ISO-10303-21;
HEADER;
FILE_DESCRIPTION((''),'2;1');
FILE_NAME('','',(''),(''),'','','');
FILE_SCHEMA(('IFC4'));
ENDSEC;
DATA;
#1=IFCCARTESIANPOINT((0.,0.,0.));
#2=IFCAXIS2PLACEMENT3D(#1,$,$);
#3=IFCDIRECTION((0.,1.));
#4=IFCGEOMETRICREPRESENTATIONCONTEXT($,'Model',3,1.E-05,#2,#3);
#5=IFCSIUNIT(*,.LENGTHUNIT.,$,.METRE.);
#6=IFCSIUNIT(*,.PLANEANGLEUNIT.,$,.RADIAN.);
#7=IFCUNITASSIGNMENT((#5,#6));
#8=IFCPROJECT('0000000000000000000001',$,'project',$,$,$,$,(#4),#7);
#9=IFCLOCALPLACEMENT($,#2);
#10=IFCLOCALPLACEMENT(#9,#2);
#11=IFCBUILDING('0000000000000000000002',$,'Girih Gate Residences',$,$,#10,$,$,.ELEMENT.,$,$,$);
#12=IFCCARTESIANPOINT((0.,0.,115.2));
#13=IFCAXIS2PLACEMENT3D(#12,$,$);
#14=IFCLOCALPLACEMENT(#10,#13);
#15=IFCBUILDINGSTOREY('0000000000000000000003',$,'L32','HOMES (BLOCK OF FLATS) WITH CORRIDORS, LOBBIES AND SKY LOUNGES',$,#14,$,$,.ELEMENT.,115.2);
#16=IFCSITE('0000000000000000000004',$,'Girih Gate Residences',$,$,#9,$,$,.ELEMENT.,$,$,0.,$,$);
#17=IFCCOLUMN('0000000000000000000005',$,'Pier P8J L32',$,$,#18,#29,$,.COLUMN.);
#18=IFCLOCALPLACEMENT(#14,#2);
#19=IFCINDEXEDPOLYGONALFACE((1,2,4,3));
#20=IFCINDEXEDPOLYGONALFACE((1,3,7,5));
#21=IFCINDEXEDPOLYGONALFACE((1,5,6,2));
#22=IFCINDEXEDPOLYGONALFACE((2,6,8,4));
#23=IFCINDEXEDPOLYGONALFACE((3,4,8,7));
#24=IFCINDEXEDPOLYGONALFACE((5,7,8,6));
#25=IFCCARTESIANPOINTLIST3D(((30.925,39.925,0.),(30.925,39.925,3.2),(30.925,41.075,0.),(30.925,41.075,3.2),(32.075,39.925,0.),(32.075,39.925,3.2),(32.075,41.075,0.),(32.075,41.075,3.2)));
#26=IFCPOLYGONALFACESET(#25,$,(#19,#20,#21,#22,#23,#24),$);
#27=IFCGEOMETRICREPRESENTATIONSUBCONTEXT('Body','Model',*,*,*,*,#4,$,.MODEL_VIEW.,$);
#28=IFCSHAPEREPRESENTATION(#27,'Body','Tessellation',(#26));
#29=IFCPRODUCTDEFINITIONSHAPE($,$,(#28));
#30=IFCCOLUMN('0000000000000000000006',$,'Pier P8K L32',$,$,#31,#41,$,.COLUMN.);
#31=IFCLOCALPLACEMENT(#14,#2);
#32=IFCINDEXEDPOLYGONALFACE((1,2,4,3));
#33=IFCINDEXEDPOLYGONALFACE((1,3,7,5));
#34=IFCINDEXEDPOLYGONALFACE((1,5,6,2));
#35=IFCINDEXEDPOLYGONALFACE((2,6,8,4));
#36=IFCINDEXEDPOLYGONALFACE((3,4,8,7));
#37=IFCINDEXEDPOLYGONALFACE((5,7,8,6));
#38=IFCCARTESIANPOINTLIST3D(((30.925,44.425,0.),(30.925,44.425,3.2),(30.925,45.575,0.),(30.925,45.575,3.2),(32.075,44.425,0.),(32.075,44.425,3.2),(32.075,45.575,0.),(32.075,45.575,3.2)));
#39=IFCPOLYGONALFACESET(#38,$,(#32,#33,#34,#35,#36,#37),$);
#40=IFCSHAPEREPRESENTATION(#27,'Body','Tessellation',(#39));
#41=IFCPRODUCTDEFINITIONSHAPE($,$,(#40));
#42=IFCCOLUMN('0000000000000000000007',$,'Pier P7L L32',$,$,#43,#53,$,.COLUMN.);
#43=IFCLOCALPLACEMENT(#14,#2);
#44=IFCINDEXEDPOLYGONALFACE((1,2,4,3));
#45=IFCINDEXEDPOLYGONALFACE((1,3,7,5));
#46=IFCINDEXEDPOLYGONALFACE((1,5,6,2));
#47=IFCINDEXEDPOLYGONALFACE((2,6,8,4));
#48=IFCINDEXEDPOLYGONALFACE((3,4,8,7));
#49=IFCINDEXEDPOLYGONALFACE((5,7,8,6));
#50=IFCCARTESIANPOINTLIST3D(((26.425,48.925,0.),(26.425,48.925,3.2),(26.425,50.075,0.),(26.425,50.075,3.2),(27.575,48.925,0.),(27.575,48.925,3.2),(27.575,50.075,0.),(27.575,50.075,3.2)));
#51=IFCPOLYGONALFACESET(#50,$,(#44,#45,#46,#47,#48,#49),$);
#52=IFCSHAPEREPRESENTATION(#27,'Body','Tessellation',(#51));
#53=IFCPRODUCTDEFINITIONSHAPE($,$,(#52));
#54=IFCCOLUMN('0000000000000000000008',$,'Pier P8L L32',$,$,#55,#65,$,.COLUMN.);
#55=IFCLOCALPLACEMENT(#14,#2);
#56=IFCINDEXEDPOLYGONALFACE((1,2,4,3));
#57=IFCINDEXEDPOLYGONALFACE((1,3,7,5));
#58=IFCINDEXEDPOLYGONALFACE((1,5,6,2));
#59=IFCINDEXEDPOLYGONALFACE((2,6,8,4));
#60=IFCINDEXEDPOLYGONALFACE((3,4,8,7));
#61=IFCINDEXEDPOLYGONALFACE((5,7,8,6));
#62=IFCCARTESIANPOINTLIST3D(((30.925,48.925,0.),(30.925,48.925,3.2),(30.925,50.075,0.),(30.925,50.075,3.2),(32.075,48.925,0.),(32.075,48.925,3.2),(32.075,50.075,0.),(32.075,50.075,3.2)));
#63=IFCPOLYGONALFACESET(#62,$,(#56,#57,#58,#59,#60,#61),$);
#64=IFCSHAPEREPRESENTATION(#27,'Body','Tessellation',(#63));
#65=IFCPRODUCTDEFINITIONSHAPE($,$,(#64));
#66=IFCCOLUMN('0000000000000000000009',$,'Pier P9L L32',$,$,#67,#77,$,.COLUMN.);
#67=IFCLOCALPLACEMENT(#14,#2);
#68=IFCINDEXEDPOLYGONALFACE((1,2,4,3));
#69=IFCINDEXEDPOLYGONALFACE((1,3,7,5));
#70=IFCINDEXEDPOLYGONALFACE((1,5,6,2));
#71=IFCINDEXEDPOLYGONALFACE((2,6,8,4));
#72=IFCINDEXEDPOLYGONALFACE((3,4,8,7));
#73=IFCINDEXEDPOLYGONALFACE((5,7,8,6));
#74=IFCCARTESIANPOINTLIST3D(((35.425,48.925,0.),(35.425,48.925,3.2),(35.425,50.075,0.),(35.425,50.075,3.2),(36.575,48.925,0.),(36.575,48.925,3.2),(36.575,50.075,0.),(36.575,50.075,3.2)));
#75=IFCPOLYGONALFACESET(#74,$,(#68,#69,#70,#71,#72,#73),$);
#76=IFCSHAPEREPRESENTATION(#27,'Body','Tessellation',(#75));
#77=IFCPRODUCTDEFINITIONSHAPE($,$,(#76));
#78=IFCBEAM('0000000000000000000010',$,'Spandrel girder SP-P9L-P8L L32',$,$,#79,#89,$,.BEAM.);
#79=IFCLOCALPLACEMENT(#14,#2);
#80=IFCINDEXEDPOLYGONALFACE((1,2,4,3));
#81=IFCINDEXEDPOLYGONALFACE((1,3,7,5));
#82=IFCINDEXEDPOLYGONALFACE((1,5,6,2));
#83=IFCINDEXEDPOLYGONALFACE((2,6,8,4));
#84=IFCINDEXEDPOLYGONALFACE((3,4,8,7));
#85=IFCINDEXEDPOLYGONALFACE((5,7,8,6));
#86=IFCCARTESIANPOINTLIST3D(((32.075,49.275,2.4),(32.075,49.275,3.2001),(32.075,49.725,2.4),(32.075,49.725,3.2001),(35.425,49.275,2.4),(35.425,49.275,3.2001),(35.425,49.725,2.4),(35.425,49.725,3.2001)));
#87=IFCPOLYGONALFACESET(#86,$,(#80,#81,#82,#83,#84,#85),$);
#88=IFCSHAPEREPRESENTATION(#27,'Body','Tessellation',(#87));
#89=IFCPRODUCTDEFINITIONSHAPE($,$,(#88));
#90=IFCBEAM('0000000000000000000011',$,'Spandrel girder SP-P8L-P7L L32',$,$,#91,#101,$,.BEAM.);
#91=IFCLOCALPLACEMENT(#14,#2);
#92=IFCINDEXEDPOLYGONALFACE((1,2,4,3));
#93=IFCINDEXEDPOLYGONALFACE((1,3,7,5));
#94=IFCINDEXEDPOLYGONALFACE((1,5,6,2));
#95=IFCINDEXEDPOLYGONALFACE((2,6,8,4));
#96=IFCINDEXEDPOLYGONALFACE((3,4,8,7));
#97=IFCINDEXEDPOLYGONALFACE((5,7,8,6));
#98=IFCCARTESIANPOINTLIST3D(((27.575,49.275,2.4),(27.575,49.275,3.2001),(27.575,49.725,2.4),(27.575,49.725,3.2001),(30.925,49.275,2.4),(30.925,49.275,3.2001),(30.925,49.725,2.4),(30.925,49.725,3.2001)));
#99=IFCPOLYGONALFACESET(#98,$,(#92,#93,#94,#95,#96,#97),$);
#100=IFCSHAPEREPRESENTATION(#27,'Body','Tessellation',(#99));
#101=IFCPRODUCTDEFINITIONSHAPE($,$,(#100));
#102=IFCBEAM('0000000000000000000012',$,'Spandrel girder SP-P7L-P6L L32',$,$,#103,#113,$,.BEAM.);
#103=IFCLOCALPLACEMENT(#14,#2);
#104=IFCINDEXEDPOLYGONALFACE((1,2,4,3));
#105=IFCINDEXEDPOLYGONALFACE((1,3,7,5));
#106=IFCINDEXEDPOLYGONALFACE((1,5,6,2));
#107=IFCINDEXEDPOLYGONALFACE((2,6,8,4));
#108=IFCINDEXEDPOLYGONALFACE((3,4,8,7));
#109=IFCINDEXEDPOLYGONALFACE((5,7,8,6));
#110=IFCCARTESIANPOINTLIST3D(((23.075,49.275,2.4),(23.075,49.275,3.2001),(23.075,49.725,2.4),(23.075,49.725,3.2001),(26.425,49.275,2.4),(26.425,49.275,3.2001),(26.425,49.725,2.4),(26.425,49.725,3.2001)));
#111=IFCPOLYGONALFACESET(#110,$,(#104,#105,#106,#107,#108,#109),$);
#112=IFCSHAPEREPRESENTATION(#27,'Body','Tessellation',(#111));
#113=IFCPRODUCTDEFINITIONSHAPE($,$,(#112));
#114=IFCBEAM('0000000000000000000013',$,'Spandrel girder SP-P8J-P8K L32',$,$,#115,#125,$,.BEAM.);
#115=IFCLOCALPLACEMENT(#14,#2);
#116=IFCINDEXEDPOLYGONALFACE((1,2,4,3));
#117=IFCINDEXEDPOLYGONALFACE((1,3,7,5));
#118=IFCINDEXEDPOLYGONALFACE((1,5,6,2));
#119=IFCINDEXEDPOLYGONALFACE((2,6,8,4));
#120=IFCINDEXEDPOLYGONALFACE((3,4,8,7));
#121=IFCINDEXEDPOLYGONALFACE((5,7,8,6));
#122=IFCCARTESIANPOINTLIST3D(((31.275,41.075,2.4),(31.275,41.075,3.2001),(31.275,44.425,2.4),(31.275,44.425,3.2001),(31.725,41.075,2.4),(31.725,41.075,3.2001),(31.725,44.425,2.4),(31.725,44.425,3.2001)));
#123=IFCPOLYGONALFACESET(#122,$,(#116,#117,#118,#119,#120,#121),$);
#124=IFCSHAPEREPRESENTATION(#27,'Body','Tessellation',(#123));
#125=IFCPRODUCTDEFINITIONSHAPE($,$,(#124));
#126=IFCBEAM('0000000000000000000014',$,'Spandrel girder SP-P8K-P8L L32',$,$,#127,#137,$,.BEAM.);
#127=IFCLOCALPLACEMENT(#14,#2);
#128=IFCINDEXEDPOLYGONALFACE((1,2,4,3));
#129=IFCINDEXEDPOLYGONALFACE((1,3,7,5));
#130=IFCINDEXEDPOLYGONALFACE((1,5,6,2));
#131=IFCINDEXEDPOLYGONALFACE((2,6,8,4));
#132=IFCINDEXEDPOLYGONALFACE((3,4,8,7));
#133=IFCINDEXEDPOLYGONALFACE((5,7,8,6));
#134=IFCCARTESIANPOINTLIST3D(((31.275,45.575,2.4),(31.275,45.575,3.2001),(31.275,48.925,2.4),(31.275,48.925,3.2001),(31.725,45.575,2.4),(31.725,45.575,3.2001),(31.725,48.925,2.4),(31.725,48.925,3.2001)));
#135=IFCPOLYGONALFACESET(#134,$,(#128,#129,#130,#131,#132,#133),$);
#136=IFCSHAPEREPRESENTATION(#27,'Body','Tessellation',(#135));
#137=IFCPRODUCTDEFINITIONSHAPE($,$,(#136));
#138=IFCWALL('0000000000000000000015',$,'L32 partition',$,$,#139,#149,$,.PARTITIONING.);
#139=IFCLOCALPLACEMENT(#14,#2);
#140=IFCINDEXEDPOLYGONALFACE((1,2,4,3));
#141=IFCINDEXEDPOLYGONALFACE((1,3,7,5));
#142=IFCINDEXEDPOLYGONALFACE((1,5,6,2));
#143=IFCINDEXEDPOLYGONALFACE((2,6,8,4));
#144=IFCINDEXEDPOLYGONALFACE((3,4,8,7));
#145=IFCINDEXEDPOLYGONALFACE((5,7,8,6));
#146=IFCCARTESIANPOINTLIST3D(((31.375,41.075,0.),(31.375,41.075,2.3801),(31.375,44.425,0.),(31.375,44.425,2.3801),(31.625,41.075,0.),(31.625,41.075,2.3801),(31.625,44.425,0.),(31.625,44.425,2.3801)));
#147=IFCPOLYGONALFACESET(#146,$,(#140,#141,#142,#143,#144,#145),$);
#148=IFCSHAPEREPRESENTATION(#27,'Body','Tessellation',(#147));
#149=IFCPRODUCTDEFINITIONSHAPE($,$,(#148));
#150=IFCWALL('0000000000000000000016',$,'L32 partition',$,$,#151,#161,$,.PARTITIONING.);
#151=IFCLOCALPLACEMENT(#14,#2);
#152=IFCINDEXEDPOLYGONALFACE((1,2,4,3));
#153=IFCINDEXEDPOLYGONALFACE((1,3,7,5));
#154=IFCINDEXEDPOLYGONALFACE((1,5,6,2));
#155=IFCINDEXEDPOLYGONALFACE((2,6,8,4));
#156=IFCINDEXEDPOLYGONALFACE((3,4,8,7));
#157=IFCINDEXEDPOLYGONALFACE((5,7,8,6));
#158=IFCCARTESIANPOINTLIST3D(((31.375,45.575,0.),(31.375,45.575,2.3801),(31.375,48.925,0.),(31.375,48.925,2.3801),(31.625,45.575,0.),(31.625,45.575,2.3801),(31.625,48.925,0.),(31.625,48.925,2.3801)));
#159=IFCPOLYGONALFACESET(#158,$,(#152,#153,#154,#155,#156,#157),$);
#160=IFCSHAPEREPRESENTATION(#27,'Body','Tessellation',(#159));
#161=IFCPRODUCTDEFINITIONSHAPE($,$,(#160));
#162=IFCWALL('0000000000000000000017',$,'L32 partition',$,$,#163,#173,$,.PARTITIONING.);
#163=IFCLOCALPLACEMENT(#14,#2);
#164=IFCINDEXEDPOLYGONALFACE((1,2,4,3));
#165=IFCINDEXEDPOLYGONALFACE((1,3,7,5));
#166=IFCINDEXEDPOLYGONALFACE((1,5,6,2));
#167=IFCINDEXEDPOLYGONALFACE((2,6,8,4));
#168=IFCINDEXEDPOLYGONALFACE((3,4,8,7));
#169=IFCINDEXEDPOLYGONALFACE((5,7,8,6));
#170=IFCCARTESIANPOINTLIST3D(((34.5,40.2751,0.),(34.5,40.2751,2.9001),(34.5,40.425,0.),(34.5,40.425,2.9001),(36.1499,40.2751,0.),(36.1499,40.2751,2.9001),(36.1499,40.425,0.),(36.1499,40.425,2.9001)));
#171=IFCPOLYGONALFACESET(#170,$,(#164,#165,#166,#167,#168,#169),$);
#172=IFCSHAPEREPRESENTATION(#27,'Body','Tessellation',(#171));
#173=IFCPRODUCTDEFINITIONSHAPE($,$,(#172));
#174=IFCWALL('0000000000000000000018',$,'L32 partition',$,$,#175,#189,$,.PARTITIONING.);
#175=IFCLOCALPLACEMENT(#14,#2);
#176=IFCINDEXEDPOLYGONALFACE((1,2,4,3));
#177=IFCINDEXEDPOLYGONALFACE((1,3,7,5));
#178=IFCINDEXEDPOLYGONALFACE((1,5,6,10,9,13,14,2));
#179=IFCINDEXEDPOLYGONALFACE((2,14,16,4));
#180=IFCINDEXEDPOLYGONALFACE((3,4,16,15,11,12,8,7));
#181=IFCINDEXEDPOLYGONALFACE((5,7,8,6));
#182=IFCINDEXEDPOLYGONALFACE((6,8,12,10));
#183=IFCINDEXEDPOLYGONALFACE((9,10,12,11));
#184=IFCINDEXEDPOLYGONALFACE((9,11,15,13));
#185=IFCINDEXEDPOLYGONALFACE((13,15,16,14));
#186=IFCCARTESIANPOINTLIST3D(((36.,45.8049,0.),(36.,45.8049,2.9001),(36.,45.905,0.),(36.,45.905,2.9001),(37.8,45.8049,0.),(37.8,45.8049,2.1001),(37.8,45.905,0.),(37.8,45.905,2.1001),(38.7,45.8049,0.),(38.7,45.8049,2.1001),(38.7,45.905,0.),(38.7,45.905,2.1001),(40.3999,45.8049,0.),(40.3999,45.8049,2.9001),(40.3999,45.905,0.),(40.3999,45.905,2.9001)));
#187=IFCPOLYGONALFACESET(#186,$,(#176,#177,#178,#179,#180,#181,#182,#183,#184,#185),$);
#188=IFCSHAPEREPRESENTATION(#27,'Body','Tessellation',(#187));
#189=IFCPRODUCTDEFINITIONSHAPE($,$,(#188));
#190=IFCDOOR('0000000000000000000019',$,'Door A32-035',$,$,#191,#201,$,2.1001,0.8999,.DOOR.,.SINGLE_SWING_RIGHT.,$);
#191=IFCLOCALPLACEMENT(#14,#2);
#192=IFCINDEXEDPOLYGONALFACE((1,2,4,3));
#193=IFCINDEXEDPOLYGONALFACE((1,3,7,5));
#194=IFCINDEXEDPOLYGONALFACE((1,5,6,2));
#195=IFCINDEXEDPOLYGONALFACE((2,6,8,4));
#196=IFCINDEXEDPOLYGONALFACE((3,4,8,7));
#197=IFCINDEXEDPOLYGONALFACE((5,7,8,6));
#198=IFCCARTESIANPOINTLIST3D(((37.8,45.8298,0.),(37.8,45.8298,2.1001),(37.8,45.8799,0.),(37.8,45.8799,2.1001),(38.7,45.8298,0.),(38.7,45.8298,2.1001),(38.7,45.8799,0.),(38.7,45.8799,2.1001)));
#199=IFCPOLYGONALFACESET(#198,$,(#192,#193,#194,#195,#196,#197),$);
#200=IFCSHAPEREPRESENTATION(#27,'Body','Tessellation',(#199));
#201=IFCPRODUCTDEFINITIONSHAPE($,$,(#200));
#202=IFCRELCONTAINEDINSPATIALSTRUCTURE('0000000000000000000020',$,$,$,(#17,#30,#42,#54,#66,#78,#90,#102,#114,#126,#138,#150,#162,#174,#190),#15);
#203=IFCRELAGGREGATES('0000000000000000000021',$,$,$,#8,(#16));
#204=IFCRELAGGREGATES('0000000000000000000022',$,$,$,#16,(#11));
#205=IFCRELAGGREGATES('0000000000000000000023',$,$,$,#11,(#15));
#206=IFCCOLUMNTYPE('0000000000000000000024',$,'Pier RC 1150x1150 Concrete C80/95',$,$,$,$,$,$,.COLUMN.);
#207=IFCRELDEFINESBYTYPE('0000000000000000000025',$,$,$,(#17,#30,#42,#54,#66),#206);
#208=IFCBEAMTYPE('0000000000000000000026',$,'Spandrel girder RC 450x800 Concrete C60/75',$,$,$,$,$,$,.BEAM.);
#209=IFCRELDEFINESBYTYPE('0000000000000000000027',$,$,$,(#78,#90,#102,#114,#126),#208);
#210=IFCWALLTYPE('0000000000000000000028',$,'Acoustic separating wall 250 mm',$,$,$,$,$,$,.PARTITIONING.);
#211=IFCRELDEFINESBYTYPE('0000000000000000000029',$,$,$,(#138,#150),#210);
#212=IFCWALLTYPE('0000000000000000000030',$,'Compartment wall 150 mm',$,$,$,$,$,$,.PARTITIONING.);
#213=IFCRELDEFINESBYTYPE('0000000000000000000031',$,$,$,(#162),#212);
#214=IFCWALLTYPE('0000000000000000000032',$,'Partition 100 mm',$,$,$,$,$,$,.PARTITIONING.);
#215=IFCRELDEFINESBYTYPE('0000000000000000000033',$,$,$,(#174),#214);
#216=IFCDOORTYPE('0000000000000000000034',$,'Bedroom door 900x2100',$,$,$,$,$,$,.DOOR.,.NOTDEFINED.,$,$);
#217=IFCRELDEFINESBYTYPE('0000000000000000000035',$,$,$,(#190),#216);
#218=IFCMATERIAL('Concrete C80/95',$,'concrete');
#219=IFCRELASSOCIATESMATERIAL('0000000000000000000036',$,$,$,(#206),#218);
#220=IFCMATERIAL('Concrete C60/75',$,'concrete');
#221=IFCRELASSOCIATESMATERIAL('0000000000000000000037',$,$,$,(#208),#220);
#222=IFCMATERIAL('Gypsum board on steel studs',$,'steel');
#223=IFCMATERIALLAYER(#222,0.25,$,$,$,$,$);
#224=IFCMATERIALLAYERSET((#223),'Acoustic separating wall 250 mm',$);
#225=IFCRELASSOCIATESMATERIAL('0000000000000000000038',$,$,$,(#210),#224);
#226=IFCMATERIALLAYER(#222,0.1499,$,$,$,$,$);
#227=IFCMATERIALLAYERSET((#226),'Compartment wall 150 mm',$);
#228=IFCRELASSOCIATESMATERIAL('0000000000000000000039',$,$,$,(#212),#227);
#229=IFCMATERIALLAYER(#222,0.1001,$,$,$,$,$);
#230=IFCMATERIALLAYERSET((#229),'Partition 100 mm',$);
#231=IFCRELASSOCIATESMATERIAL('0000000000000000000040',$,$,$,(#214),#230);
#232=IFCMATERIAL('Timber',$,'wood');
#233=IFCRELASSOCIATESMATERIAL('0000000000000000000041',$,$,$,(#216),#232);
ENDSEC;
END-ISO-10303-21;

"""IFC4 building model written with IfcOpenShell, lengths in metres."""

from ifc_helpers import new_model, si_unit, direction, frame, frame_2d, origin, origin_2d, place, context, subcontext, project, spatial, rectangle, extrude, material, layer, layer_set, material_profile, profile_set, type_object, element, fill, save


model = new_model("IFC4")

# Units and contexts
model_context = context("Model", 3, precision=1e-05, world=origin(), true_north=direction((0.0, 1.0)))
body_context = subcontext(model_context, "Body", "Model", "MODEL_VIEW")
ifc_project = project(units=[si_unit("LENGTHUNIT", "METRE"), si_unit("PLANEANGLEUNIT", "RADIAN")], contexts=[model_context])

# Site, building, storey
site_placement = place(None, origin())
site = spatial("IfcSite", under=ifc_project, at=site_placement, Name="Girih Gate Residences", CompositionType="ELEMENT", RefElevation=0.0)
building_placement = place(site_placement, origin())
building = spatial("IfcBuilding", under=site, at=building_placement, Name="Girih Gate Residences", CompositionType="ELEMENT")
storey_placement = place(building_placement, frame((0.0, 0.0, 115.2)))
storey = spatial("IfcBuildingStorey", under=building, at=storey_placement, Name="L32", Description="HOMES (BLOCK OF FLATS) WITH CORRIDORS, LOBBIES AND SKY LOUNGES", CompositionType="ELEMENT", Elevation=115.2)

# Columns
ifc_material_1 = material(Name="Concrete C80/95", Category="concrete")
ifc_material_profile_1 = material_profile(ifc_material_1, rectangle(XDim=1.1499, YDim=1.1499, at=origin_2d()))
ifc_profile_set_1 = profile_set([ifc_material_profile_1], Name="Concrete C80/95")
column_type = type_object("IfcColumnType", Name="Pier RC 1150x1150 Concrete C80/95", PredefinedType="COLUMN", material=ifc_profile_set_1)
for number, where, z_axis, x_axis, name in (
    (1, (31.5, 40.5, 0.0), (0.0, 0.0, 1.0), (1.0, 0.0, 0.0), "Pier P8J L32"),
    (2, (31.5, 45.0, 0.0), (0.0, 0.0, 1.0), (1.0, 0.0, 0.0), "Pier P8K L32"),
    (3, (27.0, 49.5, 0.0), (0.0, 0.0, 1.0), (1.0, 0.0, 0.0), "Pier P7L L32"),
    (4, (31.5, 49.5, 0.0), (0.0, 0.0, 1.0), (1.0, 0.0, 0.0), "Pier P8L L32"),
    (5, (36.0, 49.5, 0.0), (0.0, 0.0, 1.0), (1.0, 0.0, 0.0), "Pier P9L L32"),
):
    element("IfcColumn", number, at=place(storey_placement, frame(where, z_axis=z_axis, x_axis=x_axis)), inside=storey, type_object=column_type, Name=name, PredefinedType="COLUMN", context=body_context, shape_type="SweptSolid", body=[
        extrude(rectangle(XDim=1.1499, YDim=1.1499, at=origin_2d()), origin(), (0.0, 0.0, 1.0), 3.2),
    ])

# Beams
ifc_material_2 = material(Name="Concrete C60/75", Category="concrete")
ifc_material_profile_2 = material_profile(ifc_material_2, rectangle(XDim=0.45, YDim=0.8, at=origin_2d()))
ifc_profile_set_2 = profile_set([ifc_material_profile_2], Name="Concrete C60/75")
beam_type = type_object("IfcBeamType", Name="Spandrel girder RC 450x800 Concrete C60/75", PredefinedType="BEAM", material=ifc_profile_set_2)
for number, where, z_axis, x_axis, name in (
    (6, (35.425, 49.5, 2.8), (-1.0, 0.0, 0.0), (0.0, -1.0, 0.0), "Spandrel girder SP-P9L-P8L L32"),
    (7, (30.925, 49.5, 2.8), (-1.0, 0.0, 0.0), (0.0, -1.0, 0.0), "Spandrel girder SP-P8L-P7L L32"),
    (8, (26.425, 49.5, 2.8), (-1.0, 0.0, 0.0), (0.0, -1.0, 0.0), "Spandrel girder SP-P7L-P6L L32"),
    (9, (31.5, 41.075, 2.8), (0.0, 1.0, 0.0), (-1.0, 0.0, 0.0), "Spandrel girder SP-P8J-P8K L32"),
    (10, (31.5, 45.575, 2.8), (0.0, 1.0, 0.0), (-1.0, 0.0, 0.0), "Spandrel girder SP-P8K-P8L L32"),
):
    element("IfcBeam", number, at=place(storey_placement, frame(where, z_axis=z_axis, x_axis=x_axis)), inside=storey, type_object=beam_type, Name=name, PredefinedType="BEAM", context=body_context, shape_type="SweptSolid", body=[
        extrude(rectangle(XDim=0.45, YDim=0.8, at=origin_2d()), origin(), (0.0, 0.0, 1.0), 3.3501),
    ])

# Walls
ifc_material_3 = material(Name="Gypsum board on steel studs", Category="steel")
ifc_layer_1 = layer(ifc_material_3, 0.25)
ifc_layer_set_1 = layer_set([ifc_layer_1], Name="Acoustic separating wall 250 mm")
wall_type_1 = type_object("IfcWallType", Name="Acoustic separating wall 250 mm", PredefinedType="PARTITIONING", material=ifc_layer_set_1)
for number, where, z_axis, x_axis, name in (
    (11, (31.5, 41.075, 0.0), (0.0, 0.0, 1.0), (0.0, 1.0, 0.0), "L32 partition"),
    (12, (31.5, 45.575, 0.0), (0.0, 0.0, 1.0), (0.0, 1.0, 0.0), "L32 partition"),
):
    element("IfcWall", number, at=place(storey_placement, frame(where, z_axis=z_axis, x_axis=x_axis)), inside=storey, type_object=wall_type_1, Name=name, PredefinedType="PARTITIONING", context=body_context, shape_type="SweptSolid", body=[
        extrude(rectangle(XDim=3.3501, YDim=0.25, at=frame_2d((1.675, 0.0))), origin(), (0.0, 0.0, 1.0), 2.3801),
    ])
ifc_layer_2 = layer(ifc_material_3, 0.1499)
ifc_layer_set_2 = layer_set([ifc_layer_2], Name="Compartment wall 150 mm")
wall_type_2 = type_object("IfcWallType", Name="Compartment wall 150 mm", PredefinedType="PARTITIONING", material=ifc_layer_set_2)
wall_1_placement = place(storey_placement, frame((34.5, 40.3501, 0.0), z_axis=(0.0, 0.0, 1.0), x_axis=(1.0, 0.0, 0.0)))
element("IfcWall", 13, at=wall_1_placement, inside=storey, type_object=wall_type_2, Name="L32 partition", PredefinedType="PARTITIONING", context=body_context, shape_type="SweptSolid", body=[
    extrude(rectangle(XDim=1.6499, YDim=0.1499, at=frame_2d((0.825, 0.0))), origin(), (0.0, 0.0, 1.0), 2.9001),
])

# Wall, opening, door
ifc_layer_3 = layer(ifc_material_3, 0.1001)
ifc_layer_set_3 = layer_set([ifc_layer_3], Name="Partition 100 mm")
wall_type_3 = type_object("IfcWallType", Name="Partition 100 mm", PredefinedType="PARTITIONING", material=ifc_layer_set_3)
wall_2_placement = place(storey_placement, frame((36.0, 45.855, 0.0), z_axis=(0.0, 0.0, 1.0), x_axis=(1.0, 0.0, 0.0)))
wall_2 = element("IfcWall", 14, at=wall_2_placement, inside=storey, type_object=wall_type_3, Name="L32 partition", PredefinedType="PARTITIONING", context=body_context, shape_type="SweptSolid", body=[
    extrude(rectangle(XDim=4.3999, YDim=0.1001, at=frame_2d((2.2, 0.0))), origin(), (0.0, 0.0, 1.0), 2.9001),
])
opening_1_placement = place(wall_2_placement, frame((1.8, 0.0, 0.0)))
opening_1 = element("IfcOpeningElement", 15, at=opening_1_placement, cuts=wall_2, PredefinedType="OPENING", context=body_context, shape_type="SweptSolid", body=[
    extrude(rectangle(XDim=0.8999, YDim=2.1001, at=frame_2d((0.45, 1.05))), frame((0.0, 0.0601, 0.0), z_axis=(0.0, -1.0, 0.0), x_axis=(1.0, 0.0, 0.0)), (0.0, 0.0, 1.0), 0.1201),
])
ifc_material_4 = material(Name="Timber", Category="wood")
door_type_1 = type_object("IfcDoorType", Name="Bedroom door 900x2100", OperationType="NOTDEFINED", PredefinedType="DOOR", material=ifc_material_4)
door_1_placement = place(opening_1_placement, origin())
door_1 = element("IfcDoor", 16, at=door_1_placement, inside=storey, type_object=door_type_1, Name="Door A32-035", OperationType="SINGLE_SWING_RIGHT", OverallHeight=2.1001, OverallWidth=0.8999, PredefinedType="DOOR", context=body_context, shape_type="SweptSolid", body=[
    extrude(rectangle(XDim=0.8999, YDim=2.1001, at=frame_2d((0.45, 1.05))), frame((0.0, 0.0249, 0.0), z_axis=(0.0, -1.0, 0.0), x_axis=(1.0, 0.0, 0.0)), (0.0, 0.0, 1.0), 0.05),
])
fill(opening_1, door_1)

save(model, "model.ifc")
